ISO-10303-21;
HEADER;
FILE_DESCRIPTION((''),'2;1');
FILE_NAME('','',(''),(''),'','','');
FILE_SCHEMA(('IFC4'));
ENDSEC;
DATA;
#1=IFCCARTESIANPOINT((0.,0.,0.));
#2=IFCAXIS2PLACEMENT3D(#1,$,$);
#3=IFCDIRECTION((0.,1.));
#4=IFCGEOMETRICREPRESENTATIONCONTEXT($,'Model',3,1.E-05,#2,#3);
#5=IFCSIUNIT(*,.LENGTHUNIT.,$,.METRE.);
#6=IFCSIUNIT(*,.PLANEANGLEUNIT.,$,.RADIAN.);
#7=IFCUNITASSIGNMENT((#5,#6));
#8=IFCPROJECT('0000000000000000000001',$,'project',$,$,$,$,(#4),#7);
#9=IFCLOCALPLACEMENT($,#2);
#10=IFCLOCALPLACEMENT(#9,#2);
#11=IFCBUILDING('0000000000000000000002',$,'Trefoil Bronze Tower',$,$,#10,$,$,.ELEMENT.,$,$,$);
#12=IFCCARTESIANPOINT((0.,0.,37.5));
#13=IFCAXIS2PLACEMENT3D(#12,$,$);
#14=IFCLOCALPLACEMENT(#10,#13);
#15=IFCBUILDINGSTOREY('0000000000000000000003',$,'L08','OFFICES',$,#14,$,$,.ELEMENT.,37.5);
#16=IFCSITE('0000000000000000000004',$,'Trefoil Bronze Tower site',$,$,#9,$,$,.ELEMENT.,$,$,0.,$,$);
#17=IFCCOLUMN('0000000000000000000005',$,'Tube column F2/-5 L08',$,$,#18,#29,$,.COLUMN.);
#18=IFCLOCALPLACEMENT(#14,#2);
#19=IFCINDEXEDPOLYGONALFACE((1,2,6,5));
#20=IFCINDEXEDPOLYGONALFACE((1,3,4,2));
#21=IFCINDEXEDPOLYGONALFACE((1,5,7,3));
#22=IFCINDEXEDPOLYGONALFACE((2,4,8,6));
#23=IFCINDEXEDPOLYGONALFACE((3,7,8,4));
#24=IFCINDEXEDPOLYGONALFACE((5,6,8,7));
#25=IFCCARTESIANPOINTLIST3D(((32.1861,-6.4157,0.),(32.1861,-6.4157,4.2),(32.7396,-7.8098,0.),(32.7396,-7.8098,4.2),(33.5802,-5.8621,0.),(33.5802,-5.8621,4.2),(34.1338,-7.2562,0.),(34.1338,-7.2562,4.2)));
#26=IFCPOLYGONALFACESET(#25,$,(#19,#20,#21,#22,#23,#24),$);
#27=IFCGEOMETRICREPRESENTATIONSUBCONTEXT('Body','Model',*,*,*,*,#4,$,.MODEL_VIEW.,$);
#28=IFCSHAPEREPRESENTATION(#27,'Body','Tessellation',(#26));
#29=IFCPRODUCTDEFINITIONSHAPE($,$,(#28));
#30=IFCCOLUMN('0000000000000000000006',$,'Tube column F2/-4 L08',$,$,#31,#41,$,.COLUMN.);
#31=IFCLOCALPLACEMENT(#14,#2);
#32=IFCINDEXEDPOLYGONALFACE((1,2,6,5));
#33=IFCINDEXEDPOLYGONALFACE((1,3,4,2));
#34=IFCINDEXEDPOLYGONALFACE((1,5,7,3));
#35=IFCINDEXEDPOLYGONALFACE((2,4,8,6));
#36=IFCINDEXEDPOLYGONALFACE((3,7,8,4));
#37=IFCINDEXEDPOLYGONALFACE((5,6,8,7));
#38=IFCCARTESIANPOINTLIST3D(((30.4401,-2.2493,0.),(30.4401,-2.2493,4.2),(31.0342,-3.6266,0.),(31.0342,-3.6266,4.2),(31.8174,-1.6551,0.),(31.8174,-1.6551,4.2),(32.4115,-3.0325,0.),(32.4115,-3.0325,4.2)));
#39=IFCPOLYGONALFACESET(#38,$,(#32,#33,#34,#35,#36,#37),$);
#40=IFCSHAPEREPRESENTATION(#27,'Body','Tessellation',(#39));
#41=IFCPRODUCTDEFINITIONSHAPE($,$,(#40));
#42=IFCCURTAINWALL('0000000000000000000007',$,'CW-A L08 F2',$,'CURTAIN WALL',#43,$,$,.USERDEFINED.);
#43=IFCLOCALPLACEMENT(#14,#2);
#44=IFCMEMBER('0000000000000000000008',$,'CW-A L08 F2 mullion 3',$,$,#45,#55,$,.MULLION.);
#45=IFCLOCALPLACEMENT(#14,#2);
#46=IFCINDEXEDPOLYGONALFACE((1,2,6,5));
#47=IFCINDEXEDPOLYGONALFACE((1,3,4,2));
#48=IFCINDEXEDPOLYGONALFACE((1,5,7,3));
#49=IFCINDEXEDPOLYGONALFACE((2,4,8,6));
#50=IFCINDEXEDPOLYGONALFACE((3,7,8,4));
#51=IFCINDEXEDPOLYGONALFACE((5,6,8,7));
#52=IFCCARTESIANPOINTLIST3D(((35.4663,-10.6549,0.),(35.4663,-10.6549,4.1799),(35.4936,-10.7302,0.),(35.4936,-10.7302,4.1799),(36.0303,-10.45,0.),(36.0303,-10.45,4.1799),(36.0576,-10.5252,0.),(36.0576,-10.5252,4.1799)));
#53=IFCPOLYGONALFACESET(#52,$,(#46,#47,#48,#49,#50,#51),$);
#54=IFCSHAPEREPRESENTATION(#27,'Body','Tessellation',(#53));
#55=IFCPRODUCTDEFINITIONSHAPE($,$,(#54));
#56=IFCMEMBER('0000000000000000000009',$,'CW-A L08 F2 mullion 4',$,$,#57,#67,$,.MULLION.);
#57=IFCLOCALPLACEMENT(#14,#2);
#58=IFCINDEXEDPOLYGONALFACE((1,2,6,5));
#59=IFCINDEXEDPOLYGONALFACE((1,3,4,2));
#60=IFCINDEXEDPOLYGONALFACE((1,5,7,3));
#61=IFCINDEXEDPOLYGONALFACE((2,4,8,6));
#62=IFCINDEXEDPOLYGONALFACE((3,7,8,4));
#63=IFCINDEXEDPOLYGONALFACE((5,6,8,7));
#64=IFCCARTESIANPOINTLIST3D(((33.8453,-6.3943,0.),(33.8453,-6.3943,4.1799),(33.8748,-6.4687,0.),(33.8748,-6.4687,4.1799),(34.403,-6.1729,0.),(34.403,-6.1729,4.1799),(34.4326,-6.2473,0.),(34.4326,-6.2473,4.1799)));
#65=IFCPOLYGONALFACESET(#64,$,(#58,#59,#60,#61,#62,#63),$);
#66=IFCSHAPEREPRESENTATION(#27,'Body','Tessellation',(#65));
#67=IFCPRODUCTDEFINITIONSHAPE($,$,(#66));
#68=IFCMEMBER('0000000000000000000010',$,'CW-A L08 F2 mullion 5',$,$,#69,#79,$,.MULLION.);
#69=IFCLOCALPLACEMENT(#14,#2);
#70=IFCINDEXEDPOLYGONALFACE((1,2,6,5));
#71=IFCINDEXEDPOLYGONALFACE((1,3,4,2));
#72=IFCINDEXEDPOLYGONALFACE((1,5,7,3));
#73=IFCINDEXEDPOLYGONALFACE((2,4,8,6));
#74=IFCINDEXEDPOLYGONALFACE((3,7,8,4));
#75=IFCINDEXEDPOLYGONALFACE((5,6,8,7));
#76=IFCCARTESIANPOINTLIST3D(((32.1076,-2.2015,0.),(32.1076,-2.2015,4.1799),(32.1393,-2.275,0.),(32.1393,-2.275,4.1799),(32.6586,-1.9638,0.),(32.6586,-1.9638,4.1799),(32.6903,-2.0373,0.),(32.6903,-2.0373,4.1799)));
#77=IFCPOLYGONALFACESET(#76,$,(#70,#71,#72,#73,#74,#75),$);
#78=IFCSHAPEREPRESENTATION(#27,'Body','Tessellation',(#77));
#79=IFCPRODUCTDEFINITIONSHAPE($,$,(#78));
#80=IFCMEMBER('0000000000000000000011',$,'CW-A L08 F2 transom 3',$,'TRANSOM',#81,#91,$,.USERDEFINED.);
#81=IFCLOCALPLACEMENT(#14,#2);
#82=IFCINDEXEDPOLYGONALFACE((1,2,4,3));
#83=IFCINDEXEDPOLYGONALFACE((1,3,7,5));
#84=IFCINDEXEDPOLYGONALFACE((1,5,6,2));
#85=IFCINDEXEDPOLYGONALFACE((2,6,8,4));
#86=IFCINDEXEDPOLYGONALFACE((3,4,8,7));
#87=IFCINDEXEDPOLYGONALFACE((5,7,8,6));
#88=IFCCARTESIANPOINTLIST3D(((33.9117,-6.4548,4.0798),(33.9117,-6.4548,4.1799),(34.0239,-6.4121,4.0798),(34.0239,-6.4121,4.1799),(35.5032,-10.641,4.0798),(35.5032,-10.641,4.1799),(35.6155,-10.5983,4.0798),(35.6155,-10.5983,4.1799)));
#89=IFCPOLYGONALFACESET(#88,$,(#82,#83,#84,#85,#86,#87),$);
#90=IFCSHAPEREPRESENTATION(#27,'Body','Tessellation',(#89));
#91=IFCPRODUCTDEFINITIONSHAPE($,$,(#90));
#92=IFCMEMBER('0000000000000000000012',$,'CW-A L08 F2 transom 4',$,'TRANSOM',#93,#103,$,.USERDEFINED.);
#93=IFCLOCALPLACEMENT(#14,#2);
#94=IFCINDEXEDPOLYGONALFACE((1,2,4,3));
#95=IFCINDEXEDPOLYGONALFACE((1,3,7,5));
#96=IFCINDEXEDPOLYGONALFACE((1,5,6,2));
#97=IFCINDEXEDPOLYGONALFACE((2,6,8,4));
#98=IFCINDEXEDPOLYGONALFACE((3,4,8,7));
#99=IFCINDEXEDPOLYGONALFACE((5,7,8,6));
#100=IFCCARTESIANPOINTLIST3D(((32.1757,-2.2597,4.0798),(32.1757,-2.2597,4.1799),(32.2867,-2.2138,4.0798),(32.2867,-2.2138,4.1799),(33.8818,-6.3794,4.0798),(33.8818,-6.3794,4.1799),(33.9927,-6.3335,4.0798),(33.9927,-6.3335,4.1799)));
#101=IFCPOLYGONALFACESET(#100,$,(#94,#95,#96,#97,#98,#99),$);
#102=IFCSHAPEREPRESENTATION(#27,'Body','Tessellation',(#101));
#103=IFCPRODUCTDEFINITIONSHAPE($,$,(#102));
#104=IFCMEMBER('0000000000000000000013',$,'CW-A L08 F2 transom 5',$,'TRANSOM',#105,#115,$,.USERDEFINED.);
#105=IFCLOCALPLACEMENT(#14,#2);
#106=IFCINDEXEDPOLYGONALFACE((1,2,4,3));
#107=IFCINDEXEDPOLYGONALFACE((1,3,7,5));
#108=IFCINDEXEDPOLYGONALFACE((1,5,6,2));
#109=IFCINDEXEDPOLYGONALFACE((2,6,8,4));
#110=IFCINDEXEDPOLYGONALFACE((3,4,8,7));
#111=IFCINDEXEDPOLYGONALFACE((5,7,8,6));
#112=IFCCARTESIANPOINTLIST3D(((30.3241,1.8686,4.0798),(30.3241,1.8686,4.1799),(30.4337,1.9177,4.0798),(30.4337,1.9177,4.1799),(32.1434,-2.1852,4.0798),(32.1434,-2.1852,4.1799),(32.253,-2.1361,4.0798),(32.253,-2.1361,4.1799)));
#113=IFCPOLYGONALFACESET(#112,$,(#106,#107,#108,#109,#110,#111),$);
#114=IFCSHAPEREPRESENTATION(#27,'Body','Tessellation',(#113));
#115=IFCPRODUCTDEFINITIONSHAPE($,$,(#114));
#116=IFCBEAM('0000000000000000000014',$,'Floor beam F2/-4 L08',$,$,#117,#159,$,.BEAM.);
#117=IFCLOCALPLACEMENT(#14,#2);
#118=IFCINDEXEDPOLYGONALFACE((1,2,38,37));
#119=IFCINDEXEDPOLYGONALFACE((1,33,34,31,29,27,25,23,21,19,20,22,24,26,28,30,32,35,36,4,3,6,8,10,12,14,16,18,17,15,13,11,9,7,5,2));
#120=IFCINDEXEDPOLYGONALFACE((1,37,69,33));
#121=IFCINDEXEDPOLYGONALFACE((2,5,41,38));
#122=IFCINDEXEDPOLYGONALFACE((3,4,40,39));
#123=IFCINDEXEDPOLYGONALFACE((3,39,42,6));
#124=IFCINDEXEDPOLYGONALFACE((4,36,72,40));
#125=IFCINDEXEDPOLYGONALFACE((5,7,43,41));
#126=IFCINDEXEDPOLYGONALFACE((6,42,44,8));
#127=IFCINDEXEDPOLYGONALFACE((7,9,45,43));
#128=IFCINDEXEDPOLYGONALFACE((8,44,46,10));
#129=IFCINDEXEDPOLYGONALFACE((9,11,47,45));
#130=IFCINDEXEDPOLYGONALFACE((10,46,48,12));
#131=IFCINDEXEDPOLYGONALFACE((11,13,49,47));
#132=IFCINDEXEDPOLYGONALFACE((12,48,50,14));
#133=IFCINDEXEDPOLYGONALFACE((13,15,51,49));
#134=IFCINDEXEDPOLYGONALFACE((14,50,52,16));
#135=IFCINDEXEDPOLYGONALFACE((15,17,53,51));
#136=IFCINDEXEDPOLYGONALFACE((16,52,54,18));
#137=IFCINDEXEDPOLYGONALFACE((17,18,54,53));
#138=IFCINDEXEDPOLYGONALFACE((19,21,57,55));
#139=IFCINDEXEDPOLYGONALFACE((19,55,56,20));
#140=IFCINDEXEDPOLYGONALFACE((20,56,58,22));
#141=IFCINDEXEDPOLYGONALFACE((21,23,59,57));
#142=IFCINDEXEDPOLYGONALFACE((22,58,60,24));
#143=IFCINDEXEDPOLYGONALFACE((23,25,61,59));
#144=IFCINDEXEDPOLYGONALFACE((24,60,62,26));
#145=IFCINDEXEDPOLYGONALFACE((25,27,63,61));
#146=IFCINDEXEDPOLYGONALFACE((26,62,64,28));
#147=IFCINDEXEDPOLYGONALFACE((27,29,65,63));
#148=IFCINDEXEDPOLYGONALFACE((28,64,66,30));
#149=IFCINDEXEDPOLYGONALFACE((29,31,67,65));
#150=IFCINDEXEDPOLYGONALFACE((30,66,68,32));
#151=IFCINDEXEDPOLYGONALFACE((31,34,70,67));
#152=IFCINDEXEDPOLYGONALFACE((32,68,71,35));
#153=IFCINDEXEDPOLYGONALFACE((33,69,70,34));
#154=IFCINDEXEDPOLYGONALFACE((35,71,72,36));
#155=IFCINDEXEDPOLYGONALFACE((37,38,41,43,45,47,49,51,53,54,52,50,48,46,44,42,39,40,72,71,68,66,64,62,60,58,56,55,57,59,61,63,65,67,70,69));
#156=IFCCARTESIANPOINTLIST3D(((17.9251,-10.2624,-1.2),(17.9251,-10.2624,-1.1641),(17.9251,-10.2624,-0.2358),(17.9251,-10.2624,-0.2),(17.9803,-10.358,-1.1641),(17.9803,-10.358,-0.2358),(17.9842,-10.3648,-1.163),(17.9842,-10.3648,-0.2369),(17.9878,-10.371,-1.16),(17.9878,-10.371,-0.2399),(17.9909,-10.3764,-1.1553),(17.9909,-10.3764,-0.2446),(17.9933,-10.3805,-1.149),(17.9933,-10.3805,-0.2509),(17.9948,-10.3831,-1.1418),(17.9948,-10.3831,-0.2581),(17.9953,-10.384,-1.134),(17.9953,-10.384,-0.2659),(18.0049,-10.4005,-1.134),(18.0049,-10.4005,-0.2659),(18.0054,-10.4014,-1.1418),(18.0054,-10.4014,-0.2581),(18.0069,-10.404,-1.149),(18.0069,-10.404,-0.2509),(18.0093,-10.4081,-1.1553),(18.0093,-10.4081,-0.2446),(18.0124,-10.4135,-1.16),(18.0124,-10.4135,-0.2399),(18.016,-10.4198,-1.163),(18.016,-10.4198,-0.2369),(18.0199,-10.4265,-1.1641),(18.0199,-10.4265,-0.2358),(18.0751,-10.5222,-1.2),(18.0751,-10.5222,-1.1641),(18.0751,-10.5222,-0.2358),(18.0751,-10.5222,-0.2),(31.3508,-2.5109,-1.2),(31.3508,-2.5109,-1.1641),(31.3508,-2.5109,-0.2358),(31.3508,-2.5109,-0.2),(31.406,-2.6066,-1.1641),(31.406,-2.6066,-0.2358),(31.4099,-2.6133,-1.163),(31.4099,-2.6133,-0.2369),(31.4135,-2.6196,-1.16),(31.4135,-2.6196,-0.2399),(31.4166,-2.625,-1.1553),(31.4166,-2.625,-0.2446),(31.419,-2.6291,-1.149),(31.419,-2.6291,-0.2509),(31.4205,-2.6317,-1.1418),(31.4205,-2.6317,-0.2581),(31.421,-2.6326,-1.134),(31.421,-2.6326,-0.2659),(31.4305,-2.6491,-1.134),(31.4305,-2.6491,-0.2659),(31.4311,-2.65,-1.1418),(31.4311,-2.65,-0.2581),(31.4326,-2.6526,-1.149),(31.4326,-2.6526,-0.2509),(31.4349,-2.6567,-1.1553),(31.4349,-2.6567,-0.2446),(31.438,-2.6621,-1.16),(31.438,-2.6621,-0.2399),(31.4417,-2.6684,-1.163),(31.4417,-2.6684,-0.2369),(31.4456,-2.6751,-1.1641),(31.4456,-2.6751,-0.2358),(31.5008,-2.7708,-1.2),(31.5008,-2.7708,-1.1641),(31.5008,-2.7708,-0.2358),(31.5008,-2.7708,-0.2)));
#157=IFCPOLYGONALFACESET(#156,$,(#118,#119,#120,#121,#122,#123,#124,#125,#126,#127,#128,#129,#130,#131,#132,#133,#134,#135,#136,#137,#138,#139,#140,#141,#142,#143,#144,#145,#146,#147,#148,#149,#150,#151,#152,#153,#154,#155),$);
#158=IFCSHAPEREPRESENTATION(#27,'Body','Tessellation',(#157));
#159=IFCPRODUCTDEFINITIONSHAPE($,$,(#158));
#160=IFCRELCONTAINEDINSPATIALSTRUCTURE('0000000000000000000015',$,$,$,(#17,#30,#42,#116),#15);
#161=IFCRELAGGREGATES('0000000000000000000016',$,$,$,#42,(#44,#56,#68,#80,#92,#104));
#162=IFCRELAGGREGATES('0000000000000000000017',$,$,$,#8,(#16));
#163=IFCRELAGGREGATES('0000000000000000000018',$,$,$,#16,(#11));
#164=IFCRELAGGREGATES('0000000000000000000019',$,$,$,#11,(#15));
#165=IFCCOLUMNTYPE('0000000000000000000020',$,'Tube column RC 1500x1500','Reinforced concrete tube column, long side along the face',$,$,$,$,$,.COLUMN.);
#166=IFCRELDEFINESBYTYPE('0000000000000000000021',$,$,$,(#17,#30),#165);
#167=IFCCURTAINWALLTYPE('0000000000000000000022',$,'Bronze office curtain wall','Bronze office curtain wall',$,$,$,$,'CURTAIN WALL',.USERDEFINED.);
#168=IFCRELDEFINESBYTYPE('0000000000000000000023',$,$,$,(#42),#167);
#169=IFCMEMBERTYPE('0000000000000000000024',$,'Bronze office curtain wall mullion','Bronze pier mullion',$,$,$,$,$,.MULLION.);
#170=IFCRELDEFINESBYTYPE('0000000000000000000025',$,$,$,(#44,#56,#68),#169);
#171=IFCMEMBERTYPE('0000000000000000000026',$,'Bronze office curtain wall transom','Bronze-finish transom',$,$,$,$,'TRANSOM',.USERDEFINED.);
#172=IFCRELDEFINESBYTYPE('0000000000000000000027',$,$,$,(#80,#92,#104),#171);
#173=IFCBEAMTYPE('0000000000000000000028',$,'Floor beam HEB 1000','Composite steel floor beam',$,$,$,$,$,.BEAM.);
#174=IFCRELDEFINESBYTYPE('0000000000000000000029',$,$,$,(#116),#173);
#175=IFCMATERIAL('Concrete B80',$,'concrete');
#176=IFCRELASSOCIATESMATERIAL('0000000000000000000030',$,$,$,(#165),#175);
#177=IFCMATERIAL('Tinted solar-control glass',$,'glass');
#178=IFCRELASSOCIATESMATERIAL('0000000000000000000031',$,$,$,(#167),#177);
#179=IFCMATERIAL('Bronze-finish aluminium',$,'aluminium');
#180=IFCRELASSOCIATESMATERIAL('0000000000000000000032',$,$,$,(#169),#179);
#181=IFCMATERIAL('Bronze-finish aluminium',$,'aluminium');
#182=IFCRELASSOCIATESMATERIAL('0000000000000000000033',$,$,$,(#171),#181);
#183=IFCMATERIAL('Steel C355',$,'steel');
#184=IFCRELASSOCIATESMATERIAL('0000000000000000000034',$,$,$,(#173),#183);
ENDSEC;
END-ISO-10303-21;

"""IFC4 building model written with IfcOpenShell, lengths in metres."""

from ifc_helpers import new_model, si_unit, direction, frame, origin, origin_2d, place, context, subcontext, project, spatial, rectangle, i_section, extrude, material, material_profile, profile_set, type_object, element, aggregate, save


model = new_model("IFC4")

# Units and contexts
model_context = context("Model", 3, precision=1e-05, world=origin(), true_north=direction((0.0, 1.0)))
body_context = subcontext(model_context, "Body", "Model", "MODEL_VIEW")
ifc_project = project(units=[si_unit("LENGTHUNIT", "METRE"), si_unit("PLANEANGLEUNIT", "RADIAN")], contexts=[model_context])

# Site, building, storey
site_placement = place(None, origin())
site = spatial("IfcSite", under=ifc_project, at=site_placement, Name="Trefoil Bronze Tower site", CompositionType="ELEMENT", RefElevation=0.0)
building_placement = place(site_placement, origin())
building = spatial("IfcBuilding", under=site, at=building_placement, Name="Trefoil Bronze Tower", CompositionType="ELEMENT")
storey_placement = place(building_placement, frame((0.0, 0.0, 37.5)))
storey = spatial("IfcBuildingStorey", under=building, at=storey_placement, Name="L08", Description="OFFICES", CompositionType="ELEMENT", Elevation=37.5)

# Columns
ifc_material_1 = material(Name="Concrete B80", Category="concrete")
ifc_material_profile_1 = material_profile(ifc_material_1, rectangle(XDim=1.5, YDim=1.5, at=origin_2d()), Name="RC 1500x1500")
ifc_profile_set_1 = profile_set([ifc_material_profile_1], Name="Concrete B80")
column_type = type_object("IfcColumnType", Name="Tube column RC 1500x1500", Description="Reinforced concrete tube column, long side along the face", PredefinedType="COLUMN", material=ifc_profile_set_1)
for number, where, z_axis, x_axis, name in (
    (1, (33.1599, -6.8359, 0.0), (0.0, 0.0, 1.0), (-0.36904, 0.929414, 0.0), "Tube column F2/-5 L08"),
    (2, (31.4258, -2.6409, 0.0), (0.0, 0.0, 1.0), (-0.396085, 0.918214, 0.0), "Tube column F2/-4 L08"),
):
    element("IfcColumn", number, at=place(storey_placement, frame(where, z_axis=z_axis, x_axis=x_axis)), inside=storey, type_object=column_type, Name=name, PredefinedType="COLUMN", context=body_context, shape_type="SweptSolid", body=[
        extrude(rectangle(XDim=1.5, YDim=1.5, at=origin_2d()), origin(), (0.0, 0.0, 1.0), 4.2),
    ])

# Curtain wall, members
ifc_material_2 = material(Name="Tinted solar-control glass", Category="glass")
curtain_wall_type = type_object("IfcCurtainWallType", Name="Bronze office curtain wall", Description="Bronze office curtain wall", ElementType="CURTAIN WALL", PredefinedType="USERDEFINED", material=ifc_material_2)
curtain_wall_placement = place(storey_placement, origin())
curtain_wall = element("IfcCurtainWall", 3, at=curtain_wall_placement, inside=storey, type_object=curtain_wall_type, Name="CW-A L08 F2", ObjectType="CURTAIN WALL", PredefinedType="USERDEFINED")
ifc_material_3 = material(Name="Bronze-finish aluminium", Category="aluminium")
ifc_material_profile_2 = material_profile(ifc_material_3, rectangle(XDim=0.6001, YDim=0.0801, at=origin_2d()), Name="CW-A mullion")
ifc_profile_set_2 = profile_set([ifc_material_profile_2], Name="Bronze-finish aluminium")
member_type_1 = type_object("IfcMemberType", Name="Bronze office curtain wall mullion", Description="Bronze pier mullion", PredefinedType="MULLION", material=ifc_profile_set_2)
member_1_placement = place(storey_placement, frame((35.762, -10.5901, 0.0), z_axis=(0.0, 0.0, 1.0), x_axis=(-0.93986, -0.341559, 0.0)))
member_1 = element("IfcMember", 4, at=member_1_placement, type_object=member_type_1, Name="CW-A L08 F2 mullion 3", PredefinedType="MULLION", context=body_context, shape_type="SweptSolid", body=[
    extrude(rectangle(XDim=0.6001, YDim=0.0801, at=origin_2d()), origin(), (0.0, 0.0, 1.0), 4.1799),
])
member_2_placement = place(storey_placement, frame((34.1389, -6.3208, 0.0), z_axis=(0.0, 0.0, 1.0), x_axis=(-0.929414, -0.36904, 0.0)))
member_2 = element("IfcMember", 5, at=member_2_placement, type_object=member_type_1, Name="CW-A L08 F2 mullion 4", PredefinedType="MULLION", context=body_context, shape_type="SweptSolid", body=[
    extrude(rectangle(XDim=0.6001, YDim=0.0801, at=origin_2d()), origin(), (0.0, 0.0, 1.0), 4.1799),
])
member_3_placement = place(storey_placement, frame((32.3989, -2.1194, 0.0), z_axis=(0.0, 0.0, 1.0), x_axis=(-0.918214, -0.396085, 0.0)))
member_3 = element("IfcMember", 6, at=member_3_placement, type_object=member_type_1, Name="CW-A L08 F2 mullion 5", PredefinedType="MULLION", context=body_context, shape_type="SweptSolid", body=[
    extrude(rectangle(XDim=0.6001, YDim=0.0801, at=origin_2d()), origin(), (0.0, 0.0, 1.0), 4.1799),
])
ifc_material_4 = material(Name="Bronze-finish aluminium", Category="aluminium")
ifc_material_profile_3 = material_profile(ifc_material_4, rectangle(XDim=0.1201, YDim=0.1001, at=origin_2d()), Name="CW-A transom")
ifc_profile_set_3 = profile_set([ifc_material_profile_3], Name="Bronze-finish aluminium")
member_type_2 = type_object("IfcMemberType", Name="Bronze office curtain wall transom", Description="Bronze-finish transom", ElementType="TRANSOM", PredefinedType="USERDEFINED", material=ifc_profile_set_3)
member_4_placement = place(storey_placement, frame((35.5593, -10.6196, 4.1299), z_axis=(-0.355367, 0.934727, 0.0), x_axis=(-0.934727, -0.355367, 0.0)))
member_4 = element("IfcMember", 7, at=member_4_placement, type_object=member_type_2, Name="CW-A L08 F2 transom 3", ObjectType="TRANSOM", PredefinedType="USERDEFINED", context=body_context, shape_type="SweptSolid", body=[
    extrude(rectangle(XDim=0.1201, YDim=0.1001, at=origin_2d()), origin(), (0.0, 0.0, 1.0), 4.4785),
])
member_5_placement = place(storey_placement, frame((33.9373, -6.3564, 4.1299), z_axis=(-0.382616, 0.923907, 0.0), x_axis=(-0.923907, -0.382616, 0.0)))
member_5 = element("IfcMember", 8, at=member_5_placement, type_object=member_type_2, Name="CW-A L08 F2 transom 4", ObjectType="TRANSOM", PredefinedType="USERDEFINED", context=body_context, shape_type="SweptSolid", body=[
    extrude(rectangle(XDim=0.1201, YDim=0.1001, at=origin_2d()), origin(), (0.0, 0.0, 1.0), 4.459),
])
member_6_placement = place(storey_placement, frame((32.1982, -2.1606, 4.1299), z_axis=(-0.40946, 0.912328, 0.0), x_axis=(-0.912328, -0.40946, 0.0)))
member_6 = element("IfcMember", 9, at=member_6_placement, type_object=member_type_2, Name="CW-A L08 F2 transom 5", ObjectType="TRANSOM", PredefinedType="USERDEFINED", context=body_context, shape_type="SweptSolid", body=[
    extrude(rectangle(XDim=0.1201, YDim=0.1001, at=origin_2d()), origin(), (0.0, 0.0, 1.0), 4.4434),
])

# Beam
ifc_material_5 = material(Name="Steel C355", Category="steel")
ifc_material_profile_4 = material_profile(ifc_material_5, i_section(OverallWidth=0.3, OverallDepth=1.0, WebThickness=0.019, FlangeThickness=0.0359, FilletRadius=0.03, at=origin_2d()), Name="HEB 1000")
ifc_profile_set_4 = profile_set([ifc_material_profile_4], Name="Steel C355")
beam_type_1 = type_object("IfcBeamType", Name="Floor beam HEB 1000", Description="Composite steel floor beam", PredefinedType="BEAM", material=ifc_profile_set_4)
beam_1_placement = place(storey_placement, frame((31.4258, -2.6409, -0.7), z_axis=(-0.866023, -0.500004, 0.0), x_axis=(0.500004, -0.866023, 0.0)))
element("IfcBeam", 10, at=beam_1_placement, inside=storey, type_object=beam_type_1, Name="Floor beam F2/-4 L08", PredefinedType="BEAM", context=body_context, shape_type="SweptSolid", body=[
    extrude(i_section(OverallWidth=0.3, OverallDepth=1.0, WebThickness=0.019, FlangeThickness=0.0359, FilletRadius=0.03, at=origin_2d()), origin(), (0.0, 0.0, 1.0), 15.5027),
])

aggregate(curtain_wall, [member_1, member_2, member_3, member_4, member_5, member_6])

save(model, "model.ifc")
